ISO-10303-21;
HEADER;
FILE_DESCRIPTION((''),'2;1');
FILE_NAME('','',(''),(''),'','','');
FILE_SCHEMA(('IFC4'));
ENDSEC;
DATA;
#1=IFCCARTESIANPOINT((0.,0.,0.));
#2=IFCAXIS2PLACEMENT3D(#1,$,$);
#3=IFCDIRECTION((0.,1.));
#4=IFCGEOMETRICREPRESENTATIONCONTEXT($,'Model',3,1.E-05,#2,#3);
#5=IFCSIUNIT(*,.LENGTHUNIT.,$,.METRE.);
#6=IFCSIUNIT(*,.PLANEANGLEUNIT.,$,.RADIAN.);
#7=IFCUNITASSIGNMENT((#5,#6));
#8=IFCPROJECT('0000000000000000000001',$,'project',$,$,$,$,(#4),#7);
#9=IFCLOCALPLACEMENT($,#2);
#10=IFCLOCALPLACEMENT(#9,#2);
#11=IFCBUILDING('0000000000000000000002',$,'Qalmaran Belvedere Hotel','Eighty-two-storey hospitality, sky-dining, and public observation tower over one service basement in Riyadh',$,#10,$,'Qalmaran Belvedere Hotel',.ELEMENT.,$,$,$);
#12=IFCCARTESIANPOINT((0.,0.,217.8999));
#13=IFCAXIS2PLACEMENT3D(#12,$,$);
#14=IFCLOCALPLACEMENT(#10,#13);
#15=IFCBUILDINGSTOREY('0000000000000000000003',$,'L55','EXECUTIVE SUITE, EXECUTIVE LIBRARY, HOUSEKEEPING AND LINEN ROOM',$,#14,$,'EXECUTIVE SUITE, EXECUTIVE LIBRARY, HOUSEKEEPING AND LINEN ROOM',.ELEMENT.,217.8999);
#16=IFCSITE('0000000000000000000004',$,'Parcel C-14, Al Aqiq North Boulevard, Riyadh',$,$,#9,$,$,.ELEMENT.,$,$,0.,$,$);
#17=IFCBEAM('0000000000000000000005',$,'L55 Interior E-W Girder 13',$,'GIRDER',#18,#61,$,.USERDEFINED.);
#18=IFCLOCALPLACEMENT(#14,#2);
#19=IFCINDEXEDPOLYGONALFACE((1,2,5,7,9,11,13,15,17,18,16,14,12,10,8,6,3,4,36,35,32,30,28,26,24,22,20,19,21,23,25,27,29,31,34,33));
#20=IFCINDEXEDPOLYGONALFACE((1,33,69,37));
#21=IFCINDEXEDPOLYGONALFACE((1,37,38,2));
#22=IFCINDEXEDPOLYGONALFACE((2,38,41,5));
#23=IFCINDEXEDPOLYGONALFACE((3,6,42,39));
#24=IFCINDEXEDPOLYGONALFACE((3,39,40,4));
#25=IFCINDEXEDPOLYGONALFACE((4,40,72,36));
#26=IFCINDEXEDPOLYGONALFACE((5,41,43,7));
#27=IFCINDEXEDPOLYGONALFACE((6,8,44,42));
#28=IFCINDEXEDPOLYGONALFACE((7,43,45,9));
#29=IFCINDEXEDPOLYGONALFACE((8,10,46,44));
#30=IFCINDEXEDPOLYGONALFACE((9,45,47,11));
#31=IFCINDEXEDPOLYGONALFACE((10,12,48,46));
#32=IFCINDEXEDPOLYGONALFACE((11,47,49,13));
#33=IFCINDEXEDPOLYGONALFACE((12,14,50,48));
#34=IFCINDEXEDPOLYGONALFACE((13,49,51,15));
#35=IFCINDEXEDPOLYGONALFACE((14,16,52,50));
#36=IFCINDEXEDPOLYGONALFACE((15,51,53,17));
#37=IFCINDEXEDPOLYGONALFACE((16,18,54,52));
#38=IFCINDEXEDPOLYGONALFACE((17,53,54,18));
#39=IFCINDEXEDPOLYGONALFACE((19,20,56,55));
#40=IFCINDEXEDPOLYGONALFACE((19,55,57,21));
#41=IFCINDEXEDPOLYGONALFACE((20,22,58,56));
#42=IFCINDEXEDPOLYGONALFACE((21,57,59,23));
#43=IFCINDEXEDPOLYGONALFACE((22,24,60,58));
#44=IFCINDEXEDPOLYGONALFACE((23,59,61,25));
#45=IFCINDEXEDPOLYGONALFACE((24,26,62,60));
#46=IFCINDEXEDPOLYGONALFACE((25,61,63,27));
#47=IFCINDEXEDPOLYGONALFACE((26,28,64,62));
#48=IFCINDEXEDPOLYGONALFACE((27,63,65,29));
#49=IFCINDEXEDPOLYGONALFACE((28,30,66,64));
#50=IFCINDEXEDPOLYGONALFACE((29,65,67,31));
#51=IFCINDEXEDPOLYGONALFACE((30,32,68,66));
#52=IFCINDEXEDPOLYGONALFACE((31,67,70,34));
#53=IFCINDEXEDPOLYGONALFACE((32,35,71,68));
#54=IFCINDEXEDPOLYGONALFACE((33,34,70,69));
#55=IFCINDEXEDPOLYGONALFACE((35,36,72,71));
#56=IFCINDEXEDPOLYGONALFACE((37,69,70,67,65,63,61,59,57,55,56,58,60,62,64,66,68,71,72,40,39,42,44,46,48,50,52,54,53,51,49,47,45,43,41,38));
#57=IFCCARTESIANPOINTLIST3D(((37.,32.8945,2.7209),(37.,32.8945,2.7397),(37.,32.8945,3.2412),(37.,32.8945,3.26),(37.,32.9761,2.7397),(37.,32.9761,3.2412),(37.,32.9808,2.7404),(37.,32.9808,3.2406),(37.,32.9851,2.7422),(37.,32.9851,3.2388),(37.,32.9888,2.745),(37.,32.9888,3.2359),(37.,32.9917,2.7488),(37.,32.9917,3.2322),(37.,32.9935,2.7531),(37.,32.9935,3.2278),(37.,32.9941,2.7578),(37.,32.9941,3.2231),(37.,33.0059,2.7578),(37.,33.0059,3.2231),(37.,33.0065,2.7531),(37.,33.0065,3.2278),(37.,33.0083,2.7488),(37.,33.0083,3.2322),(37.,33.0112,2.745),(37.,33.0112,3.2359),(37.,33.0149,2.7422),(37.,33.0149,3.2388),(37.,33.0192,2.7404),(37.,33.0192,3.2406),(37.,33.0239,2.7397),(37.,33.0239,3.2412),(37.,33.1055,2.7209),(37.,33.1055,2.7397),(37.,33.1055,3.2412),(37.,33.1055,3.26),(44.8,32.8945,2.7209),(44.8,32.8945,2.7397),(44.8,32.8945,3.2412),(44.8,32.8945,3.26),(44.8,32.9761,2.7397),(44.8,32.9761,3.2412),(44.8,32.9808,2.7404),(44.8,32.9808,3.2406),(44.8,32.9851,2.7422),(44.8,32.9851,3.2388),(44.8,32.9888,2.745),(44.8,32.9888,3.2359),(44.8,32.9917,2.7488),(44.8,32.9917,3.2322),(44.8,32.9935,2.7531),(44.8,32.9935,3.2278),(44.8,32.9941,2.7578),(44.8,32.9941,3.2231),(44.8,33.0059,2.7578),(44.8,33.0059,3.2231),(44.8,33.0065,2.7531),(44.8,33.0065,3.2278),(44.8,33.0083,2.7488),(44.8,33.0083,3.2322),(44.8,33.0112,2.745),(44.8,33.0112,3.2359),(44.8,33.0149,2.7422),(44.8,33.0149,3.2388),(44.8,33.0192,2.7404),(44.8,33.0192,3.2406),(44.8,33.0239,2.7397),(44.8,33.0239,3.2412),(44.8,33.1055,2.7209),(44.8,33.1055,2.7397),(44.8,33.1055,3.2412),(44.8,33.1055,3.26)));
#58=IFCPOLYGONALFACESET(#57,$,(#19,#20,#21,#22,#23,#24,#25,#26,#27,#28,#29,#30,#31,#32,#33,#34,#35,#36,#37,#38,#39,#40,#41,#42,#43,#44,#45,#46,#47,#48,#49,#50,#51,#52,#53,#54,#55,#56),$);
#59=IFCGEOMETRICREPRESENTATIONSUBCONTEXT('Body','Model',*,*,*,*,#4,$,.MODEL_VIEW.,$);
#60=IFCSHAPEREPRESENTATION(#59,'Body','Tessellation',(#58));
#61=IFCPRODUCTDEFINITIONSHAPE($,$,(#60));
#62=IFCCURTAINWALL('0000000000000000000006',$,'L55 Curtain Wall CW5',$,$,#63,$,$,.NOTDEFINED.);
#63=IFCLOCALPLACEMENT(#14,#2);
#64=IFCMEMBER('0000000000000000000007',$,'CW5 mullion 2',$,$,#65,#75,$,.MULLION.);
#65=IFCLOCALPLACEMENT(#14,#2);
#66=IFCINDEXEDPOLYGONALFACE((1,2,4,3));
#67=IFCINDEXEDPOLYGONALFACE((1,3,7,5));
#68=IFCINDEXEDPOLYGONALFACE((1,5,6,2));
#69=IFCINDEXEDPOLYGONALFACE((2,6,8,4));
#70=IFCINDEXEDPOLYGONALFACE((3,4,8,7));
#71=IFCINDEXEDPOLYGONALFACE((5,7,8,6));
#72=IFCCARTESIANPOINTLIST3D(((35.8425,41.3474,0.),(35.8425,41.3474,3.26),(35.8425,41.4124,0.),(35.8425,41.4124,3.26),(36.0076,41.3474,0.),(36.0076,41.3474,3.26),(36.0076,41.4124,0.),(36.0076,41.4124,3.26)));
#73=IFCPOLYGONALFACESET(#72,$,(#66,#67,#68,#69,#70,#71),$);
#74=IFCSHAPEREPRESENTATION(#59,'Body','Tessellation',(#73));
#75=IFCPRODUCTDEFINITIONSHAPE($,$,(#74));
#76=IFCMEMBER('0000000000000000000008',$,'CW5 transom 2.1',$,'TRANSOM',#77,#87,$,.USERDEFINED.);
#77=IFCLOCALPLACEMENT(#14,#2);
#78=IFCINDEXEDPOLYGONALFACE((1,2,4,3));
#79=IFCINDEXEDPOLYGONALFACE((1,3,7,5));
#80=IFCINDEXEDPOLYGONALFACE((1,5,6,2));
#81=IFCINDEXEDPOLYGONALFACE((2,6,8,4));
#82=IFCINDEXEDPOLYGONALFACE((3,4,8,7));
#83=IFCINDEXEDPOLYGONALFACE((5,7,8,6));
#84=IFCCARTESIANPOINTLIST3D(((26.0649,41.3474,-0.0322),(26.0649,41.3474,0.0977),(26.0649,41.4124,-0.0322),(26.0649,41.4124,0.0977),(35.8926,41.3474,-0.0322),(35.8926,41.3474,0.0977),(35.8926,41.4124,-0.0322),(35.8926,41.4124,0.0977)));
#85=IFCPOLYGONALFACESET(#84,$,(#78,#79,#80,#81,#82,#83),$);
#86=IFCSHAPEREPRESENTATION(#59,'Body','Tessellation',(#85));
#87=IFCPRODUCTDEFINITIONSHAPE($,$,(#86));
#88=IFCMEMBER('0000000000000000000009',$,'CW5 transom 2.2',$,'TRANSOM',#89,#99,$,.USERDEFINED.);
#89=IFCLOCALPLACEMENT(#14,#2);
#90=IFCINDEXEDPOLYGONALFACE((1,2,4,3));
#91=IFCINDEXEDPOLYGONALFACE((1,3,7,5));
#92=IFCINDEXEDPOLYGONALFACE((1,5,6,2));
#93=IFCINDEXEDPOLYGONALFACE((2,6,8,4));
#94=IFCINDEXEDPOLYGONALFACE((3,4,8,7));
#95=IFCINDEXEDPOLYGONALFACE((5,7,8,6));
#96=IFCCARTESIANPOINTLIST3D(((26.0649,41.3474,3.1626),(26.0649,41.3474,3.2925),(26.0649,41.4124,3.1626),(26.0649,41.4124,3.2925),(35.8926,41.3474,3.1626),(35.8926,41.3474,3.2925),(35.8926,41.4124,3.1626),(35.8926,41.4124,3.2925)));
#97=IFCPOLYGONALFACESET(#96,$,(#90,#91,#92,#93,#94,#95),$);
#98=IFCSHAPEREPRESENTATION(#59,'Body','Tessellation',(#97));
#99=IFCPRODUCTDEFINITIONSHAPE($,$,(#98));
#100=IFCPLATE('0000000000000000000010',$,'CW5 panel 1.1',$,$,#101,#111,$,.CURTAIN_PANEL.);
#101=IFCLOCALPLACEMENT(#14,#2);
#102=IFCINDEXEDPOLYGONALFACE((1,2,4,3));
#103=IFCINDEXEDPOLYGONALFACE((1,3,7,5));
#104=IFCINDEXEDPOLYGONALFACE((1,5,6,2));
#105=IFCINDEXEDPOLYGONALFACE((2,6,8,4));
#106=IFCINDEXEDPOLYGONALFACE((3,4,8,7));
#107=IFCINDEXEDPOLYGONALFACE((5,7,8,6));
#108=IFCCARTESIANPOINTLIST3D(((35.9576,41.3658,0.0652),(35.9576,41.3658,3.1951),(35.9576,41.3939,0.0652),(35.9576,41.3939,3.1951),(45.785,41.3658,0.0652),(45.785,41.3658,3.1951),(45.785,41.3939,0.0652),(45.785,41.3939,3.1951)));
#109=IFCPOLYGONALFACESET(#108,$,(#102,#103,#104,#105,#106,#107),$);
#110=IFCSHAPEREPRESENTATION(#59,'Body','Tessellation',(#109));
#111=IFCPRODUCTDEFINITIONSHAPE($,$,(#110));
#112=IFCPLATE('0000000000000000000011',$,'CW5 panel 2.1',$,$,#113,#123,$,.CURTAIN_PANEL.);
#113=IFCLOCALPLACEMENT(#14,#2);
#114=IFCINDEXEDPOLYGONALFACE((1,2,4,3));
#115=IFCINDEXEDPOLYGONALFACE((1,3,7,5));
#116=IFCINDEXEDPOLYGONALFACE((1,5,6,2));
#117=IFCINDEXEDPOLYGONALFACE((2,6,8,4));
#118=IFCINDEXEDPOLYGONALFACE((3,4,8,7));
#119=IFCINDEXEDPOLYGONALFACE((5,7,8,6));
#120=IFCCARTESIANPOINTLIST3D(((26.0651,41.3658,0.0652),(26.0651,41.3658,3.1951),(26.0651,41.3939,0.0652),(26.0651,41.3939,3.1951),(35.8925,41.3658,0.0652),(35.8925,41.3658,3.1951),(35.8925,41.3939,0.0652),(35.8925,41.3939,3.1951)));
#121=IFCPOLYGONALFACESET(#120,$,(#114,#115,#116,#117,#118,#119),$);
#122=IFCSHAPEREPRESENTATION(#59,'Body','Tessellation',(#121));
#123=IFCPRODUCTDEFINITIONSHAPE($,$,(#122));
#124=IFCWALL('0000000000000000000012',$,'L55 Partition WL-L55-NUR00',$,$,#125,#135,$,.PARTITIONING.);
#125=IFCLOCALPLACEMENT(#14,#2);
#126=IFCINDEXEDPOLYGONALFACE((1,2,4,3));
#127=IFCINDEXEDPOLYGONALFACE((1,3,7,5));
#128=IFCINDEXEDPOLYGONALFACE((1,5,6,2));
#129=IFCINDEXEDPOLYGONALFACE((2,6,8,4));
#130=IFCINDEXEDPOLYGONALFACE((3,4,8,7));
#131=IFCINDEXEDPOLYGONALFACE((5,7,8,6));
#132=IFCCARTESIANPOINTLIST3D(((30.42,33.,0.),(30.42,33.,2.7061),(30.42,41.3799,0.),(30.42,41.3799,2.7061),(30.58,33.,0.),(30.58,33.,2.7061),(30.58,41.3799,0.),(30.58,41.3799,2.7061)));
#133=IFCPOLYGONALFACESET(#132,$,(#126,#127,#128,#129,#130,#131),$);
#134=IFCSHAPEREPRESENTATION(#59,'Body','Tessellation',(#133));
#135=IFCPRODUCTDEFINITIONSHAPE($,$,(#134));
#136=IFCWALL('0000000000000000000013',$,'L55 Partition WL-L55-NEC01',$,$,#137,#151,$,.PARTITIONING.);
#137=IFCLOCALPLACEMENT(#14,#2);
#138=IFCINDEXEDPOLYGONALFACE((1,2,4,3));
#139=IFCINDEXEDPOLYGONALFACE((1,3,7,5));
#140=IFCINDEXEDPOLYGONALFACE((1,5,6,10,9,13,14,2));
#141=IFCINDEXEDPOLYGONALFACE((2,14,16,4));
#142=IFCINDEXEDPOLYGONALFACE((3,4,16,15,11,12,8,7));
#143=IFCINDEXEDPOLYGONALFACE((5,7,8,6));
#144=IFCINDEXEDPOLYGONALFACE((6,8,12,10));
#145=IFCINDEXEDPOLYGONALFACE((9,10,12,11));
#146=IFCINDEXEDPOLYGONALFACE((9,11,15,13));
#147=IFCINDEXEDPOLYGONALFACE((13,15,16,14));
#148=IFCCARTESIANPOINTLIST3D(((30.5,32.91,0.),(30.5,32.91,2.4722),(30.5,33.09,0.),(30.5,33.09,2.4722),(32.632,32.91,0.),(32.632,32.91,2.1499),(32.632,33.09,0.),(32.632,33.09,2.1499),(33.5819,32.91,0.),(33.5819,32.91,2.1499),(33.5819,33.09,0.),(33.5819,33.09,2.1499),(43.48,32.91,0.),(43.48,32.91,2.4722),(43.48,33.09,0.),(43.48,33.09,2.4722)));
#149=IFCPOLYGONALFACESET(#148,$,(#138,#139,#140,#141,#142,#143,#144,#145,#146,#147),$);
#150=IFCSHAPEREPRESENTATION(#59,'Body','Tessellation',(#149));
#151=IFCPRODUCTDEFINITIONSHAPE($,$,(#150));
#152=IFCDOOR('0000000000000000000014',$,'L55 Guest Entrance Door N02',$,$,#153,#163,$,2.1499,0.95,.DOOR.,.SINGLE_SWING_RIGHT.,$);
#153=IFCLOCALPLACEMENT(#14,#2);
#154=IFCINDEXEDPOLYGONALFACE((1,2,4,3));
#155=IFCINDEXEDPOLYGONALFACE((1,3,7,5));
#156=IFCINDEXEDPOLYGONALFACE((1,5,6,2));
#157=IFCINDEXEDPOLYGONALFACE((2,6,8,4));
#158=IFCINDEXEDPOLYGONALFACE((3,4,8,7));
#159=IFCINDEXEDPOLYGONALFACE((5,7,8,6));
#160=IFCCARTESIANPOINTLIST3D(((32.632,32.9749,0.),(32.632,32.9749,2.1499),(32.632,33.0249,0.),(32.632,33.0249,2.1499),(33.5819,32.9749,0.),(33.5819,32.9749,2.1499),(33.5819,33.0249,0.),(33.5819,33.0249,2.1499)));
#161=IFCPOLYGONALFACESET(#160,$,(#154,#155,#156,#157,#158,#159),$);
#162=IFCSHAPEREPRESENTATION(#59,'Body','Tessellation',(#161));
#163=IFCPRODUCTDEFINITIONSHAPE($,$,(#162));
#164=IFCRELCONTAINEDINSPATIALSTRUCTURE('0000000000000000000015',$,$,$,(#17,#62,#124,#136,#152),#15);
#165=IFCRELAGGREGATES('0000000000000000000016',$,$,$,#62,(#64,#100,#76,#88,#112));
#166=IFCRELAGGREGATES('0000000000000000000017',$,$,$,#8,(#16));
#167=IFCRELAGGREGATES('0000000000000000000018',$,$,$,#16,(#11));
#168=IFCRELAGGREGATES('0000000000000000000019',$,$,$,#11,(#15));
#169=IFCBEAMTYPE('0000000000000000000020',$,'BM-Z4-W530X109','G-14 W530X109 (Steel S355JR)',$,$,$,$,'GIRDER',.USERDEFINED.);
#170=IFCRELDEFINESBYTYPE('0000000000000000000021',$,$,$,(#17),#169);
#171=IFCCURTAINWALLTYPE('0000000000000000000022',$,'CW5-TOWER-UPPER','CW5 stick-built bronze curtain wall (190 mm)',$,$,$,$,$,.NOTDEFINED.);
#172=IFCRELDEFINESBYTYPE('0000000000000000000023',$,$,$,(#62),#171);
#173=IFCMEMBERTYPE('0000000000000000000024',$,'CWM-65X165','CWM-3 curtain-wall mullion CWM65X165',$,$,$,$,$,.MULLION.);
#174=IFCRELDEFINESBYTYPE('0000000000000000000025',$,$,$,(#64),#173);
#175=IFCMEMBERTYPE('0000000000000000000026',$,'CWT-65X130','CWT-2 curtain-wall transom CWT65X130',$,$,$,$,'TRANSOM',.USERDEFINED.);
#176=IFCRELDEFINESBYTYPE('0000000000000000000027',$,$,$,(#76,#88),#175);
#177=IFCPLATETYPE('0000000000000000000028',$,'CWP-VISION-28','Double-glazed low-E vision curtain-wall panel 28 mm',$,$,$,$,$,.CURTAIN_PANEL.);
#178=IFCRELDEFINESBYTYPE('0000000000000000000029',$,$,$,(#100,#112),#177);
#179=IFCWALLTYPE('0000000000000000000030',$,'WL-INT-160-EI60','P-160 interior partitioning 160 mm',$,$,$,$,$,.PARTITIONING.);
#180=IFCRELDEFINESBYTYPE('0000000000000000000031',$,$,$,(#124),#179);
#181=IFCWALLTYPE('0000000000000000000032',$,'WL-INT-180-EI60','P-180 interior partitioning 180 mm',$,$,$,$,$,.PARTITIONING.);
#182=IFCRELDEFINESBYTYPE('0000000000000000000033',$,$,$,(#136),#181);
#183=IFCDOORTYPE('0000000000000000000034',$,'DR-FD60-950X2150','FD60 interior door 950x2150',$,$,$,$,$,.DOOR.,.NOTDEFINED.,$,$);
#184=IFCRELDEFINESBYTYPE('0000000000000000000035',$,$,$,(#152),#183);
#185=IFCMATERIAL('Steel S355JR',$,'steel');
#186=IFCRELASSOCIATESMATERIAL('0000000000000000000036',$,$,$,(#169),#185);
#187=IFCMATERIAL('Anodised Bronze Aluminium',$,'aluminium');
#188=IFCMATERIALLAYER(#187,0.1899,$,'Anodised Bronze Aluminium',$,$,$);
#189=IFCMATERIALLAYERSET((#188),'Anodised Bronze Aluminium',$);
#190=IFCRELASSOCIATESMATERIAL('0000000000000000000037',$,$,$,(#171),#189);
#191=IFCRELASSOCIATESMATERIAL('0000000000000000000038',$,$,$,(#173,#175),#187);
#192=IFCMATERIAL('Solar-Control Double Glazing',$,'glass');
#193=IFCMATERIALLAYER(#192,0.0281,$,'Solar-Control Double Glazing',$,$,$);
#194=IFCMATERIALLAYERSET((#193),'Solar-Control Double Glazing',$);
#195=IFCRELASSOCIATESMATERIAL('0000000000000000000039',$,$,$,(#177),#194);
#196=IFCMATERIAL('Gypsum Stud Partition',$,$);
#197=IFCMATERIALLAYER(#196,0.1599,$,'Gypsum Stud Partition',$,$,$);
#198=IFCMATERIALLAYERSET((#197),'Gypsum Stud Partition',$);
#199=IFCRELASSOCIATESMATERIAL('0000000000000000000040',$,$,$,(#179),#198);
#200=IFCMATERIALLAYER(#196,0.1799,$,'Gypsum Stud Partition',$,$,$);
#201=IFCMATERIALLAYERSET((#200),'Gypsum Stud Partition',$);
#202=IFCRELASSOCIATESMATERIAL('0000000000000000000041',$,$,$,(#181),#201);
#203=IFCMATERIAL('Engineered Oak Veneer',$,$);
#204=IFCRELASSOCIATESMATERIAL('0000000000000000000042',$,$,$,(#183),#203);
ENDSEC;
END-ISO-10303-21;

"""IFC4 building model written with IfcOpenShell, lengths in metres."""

from ifc_helpers import new_model, si_unit, direction, frame, frame_2d, origin, origin_2d, place, context, subcontext, project, spatial, rectangle, i_section, extrude, material, layer, layer_set, material_profile, profile_set, type_object, element, fill, aggregate, save


model = new_model("IFC4")

# Units and contexts
model_context = context("Model", 3, precision=1e-05, world=origin(), true_north=direction((0.0, 1.0)))
body_context = subcontext(model_context, "Body", "Model", "MODEL_VIEW")
ifc_project = project(units=[si_unit("LENGTHUNIT", "METRE"), si_unit("PLANEANGLEUNIT", "RADIAN")], contexts=[model_context])

# Site, building, storey
site_placement = place(None, origin())
site = spatial("IfcSite", under=ifc_project, at=site_placement, Name="Parcel C-14, Al Aqiq North Boulevard, Riyadh", CompositionType="ELEMENT", RefElevation=0.0)
building_placement = place(site_placement, origin())
building = spatial("IfcBuilding", under=site, at=building_placement, Name="Qalmaran Belvedere Hotel", Description="Eighty-two-storey hospitality, sky-dining, and public observation tower over one service basement in Riyadh", LongName="Qalmaran Belvedere Hotel", CompositionType="ELEMENT")
storey_placement = place(building_placement, frame((0.0, 0.0, 217.8999)))
storey = spatial("IfcBuildingStorey", under=building, at=storey_placement, Name="L55", Description="EXECUTIVE SUITE, EXECUTIVE LIBRARY, HOUSEKEEPING AND LINEN ROOM", LongName="EXECUTIVE SUITE, EXECUTIVE LIBRARY, HOUSEKEEPING AND LINEN ROOM", CompositionType="ELEMENT", Elevation=217.8999)

# Beam
ifc_material_1 = material(Name="Steel S355JR", Category="steel")
ifc_material_profile_1 = material_profile(ifc_material_1, i_section(OverallWidth=0.2109, OverallDepth=0.5391, WebThickness=0.0117, FlangeThickness=0.0188, FilletRadius=0.0181, at=origin_2d()), Name="W530X109")
ifc_profile_set_1 = profile_set([ifc_material_profile_1], Name="Steel S355JR")
beam_type_1 = type_object("IfcBeamType", Name="BM-Z4-W530X109", Description="G-14 W530X109 (Steel S355JR)", ElementType="GIRDER", PredefinedType="USERDEFINED", material=ifc_profile_set_1)
for number, where, z_axis, x_axis, name in (
    (1, (37.0, 33.0, 2.9905), (1.0, 0.0, 0.0), (0.0, 1.0, 0.0), "L55 Interior E-W Girder 13"),
):
    element("IfcBeam", number, at=place(storey_placement, frame(where, z_axis=z_axis, x_axis=x_axis)), inside=storey, type_object=beam_type_1, Name=name, ObjectType="GIRDER", PredefinedType="USERDEFINED", context=body_context, shape_type="SweptSolid", body=[
        extrude(i_section(OverallWidth=0.2109, OverallDepth=0.5391, WebThickness=0.0117, FlangeThickness=0.0188, FilletRadius=0.0181, at=origin_2d()), origin(), (0.0, 0.0, 1.0), 7.8),
    ])

# Curtain wall, members, plates
ifc_material_2 = material(Name="Anodised Bronze Aluminium", Category="aluminium")
ifc_layer_1 = layer(ifc_material_2, 0.1899, Name="Anodised Bronze Aluminium")
ifc_layer_set_1 = layer_set([ifc_layer_1], Name="Anodised Bronze Aluminium")
curtain_wall_type = type_object("IfcCurtainWallType", Name="CW5-TOWER-UPPER", Description="CW5 stick-built bronze curtain wall (190 mm)", PredefinedType="NOTDEFINED", material=ifc_layer_set_1)
curtain_wall_placement = place(storey_placement, origin())
curtain_wall = element("IfcCurtainWall", 2, at=curtain_wall_placement, inside=storey, type_object=curtain_wall_type, Name="L55 Curtain Wall CW5", PredefinedType="NOTDEFINED")
ifc_material_profile_2 = material_profile(ifc_material_2, rectangle(XDim=0.0649, YDim=0.165, at=origin_2d()), Name="CWM65X165")
ifc_profile_set_2 = profile_set([ifc_material_profile_2], Name="Anodised Bronze Aluminium")
member_type_1 = type_object("IfcMemberType", Name="CWM-65X165", Description="CWM-3 curtain-wall mullion CWM65X165", PredefinedType="MULLION", material=ifc_profile_set_2)
member_1_placement = place(storey_placement, frame((35.925, 41.3799, 0.0), z_axis=(0.0, 0.0, 1.0), x_axis=(0.0, -1.0, 0.0)))
member_1 = element("IfcMember", 3, at=member_1_placement, type_object=member_type_1, Name="CW5 mullion 2", PredefinedType="MULLION", context=body_context, shape_type="SweptSolid", body=[
    extrude(rectangle(XDim=0.0649, YDim=0.165, at=origin_2d()), origin(), (0.0, 0.0, 1.0), 3.26),
])
ifc_material_profile_3 = material_profile(ifc_material_2, rectangle(XDim=0.0649, YDim=0.1299, at=origin_2d()), Name="CWT65X130")
ifc_profile_set_3 = profile_set([ifc_material_profile_3], Name="Anodised Bronze Aluminium")
member_type_2 = type_object("IfcMemberType", Name="CWT-65X130", Description="CWT-2 curtain-wall transom CWT65X130", ElementType="TRANSOM", PredefinedType="USERDEFINED", material=ifc_profile_set_3)
member_2_placement = place(storey_placement, frame((35.8926, 41.3799, 0.0327), z_axis=(-1.0, 0.0, 0.0), x_axis=(0.0, -1.0, 0.0)))
member_2 = element("IfcMember", 4, at=member_2_placement, type_object=member_type_2, Name="CW5 transom 2.1", ObjectType="TRANSOM", PredefinedType="USERDEFINED", context=body_context, shape_type="SweptSolid", body=[
    extrude(rectangle(XDim=0.0649, YDim=0.1299, at=origin_2d()), origin(), (0.0, 0.0, 1.0), 9.8276),
])
member_3_placement = place(storey_placement, frame((35.8926, 41.3799, 3.2275), z_axis=(-1.0, 0.0, 0.0), x_axis=(0.0, -1.0, 0.0)))
member_3 = element("IfcMember", 5, at=member_3_placement, type_object=member_type_2, Name="CW5 transom 2.2", ObjectType="TRANSOM", PredefinedType="USERDEFINED", context=body_context, shape_type="SweptSolid", body=[
    extrude(rectangle(XDim=0.0649, YDim=0.1299, at=origin_2d()), origin(), (0.0, 0.0, 1.0), 9.8276),
])
ifc_material_3 = material(Name="Solar-Control Double Glazing", Category="glass")
ifc_layer_2 = layer(ifc_material_3, 0.0281, Name="Solar-Control Double Glazing")
ifc_layer_set_2 = layer_set([ifc_layer_2], Name="Solar-Control Double Glazing")
plate_type = type_object("IfcPlateType", Name="CWP-VISION-28", Description="Double-glazed low-E vision curtain-wall panel 28 mm", PredefinedType="CURTAIN_PANEL", material=ifc_layer_set_2)
plate_1_placement = place(storey_placement, frame((40.8713, 41.3799, 0.0652), z_axis=(0.0, 0.0, 1.0), x_axis=(-1.0, 0.0, 0.0)))
plate_1 = element("IfcPlate", 6, at=plate_1_placement, type_object=plate_type, Name="CW5 panel 1.1", PredefinedType="CURTAIN_PANEL", context=body_context, shape_type="SweptSolid", body=[
    extrude(rectangle(XDim=9.8274, YDim=0.0281, at=origin_2d()), origin(), (0.0, 0.0, 1.0), 3.1299),
])
plate_2_placement = place(storey_placement, frame((30.9788, 41.3799, 0.0652), z_axis=(0.0, 0.0, 1.0), x_axis=(-1.0, 0.0, 0.0)))
plate_2 = element("IfcPlate", 7, at=plate_2_placement, type_object=plate_type, Name="CW5 panel 2.1", PredefinedType="CURTAIN_PANEL", context=body_context, shape_type="SweptSolid", body=[
    extrude(rectangle(XDim=9.8274, YDim=0.0281, at=origin_2d()), origin(), (0.0, 0.0, 1.0), 3.1299),
])
aggregate(curtain_wall, [member_1, plate_1, member_2, member_3, plate_2])

# Wall
ifc_material_4 = material(Name="Gypsum Stud Partition")
ifc_layer_3 = layer(ifc_material_4, 0.1599, Name="Gypsum Stud Partition")
ifc_layer_set_3 = layer_set([ifc_layer_3], Name="Gypsum Stud Partition")
wall_type_1 = type_object("IfcWallType", Name="WL-INT-160-EI60", Description="P-160 interior partitioning 160 mm", PredefinedType="PARTITIONING", material=ifc_layer_set_3)
wall_1_placement = place(storey_placement, frame((30.5, 33.0, 0.0), z_axis=(0.0, 0.0, 1.0), x_axis=(0.0, 1.0, 0.0)))
element("IfcWall", 8, at=wall_1_placement, inside=storey, type_object=wall_type_1, Name="L55 Partition WL-L55-NUR00", PredefinedType="PARTITIONING", context=body_context, shape_type="SweptSolid", body=[
    extrude(rectangle(XDim=8.3799, YDim=0.1599, at=frame_2d((4.1899, 0.0))), origin(), (0.0, 0.0, 1.0), 2.7061),
])

# Wall, opening, door
ifc_layer_4 = layer(ifc_material_4, 0.1799, Name="Gypsum Stud Partition")
ifc_layer_set_4 = layer_set([ifc_layer_4], Name="Gypsum Stud Partition")
wall_type_2 = type_object("IfcWallType", Name="WL-INT-180-EI60", Description="P-180 interior partitioning 180 mm", PredefinedType="PARTITIONING", material=ifc_layer_set_4)
wall_2_placement = place(storey_placement, frame((30.5, 33.0, 0.0), z_axis=(0.0, 0.0, 1.0), x_axis=(1.0, 0.0, 0.0)))
wall_2 = element("IfcWall", 9, at=wall_2_placement, inside=storey, type_object=wall_type_2, Name="L55 Partition WL-L55-NEC01", PredefinedType="PARTITIONING", context=body_context, shape_type="SweptSolid", body=[
    extrude(rectangle(XDim=12.98, YDim=0.1799, at=frame_2d((6.49, 0.0))), origin(), (0.0, 0.0, 1.0), 2.4722),
])
opening_placement = place(wall_2_placement, frame((2.1318, 0.0, 0.0)))
opening = element("IfcOpeningElement", 10, at=opening_placement, cuts=wall_2, PredefinedType="OPENING", context=body_context, shape_type="SweptSolid", body=[
    extrude(rectangle(XDim=0.95, YDim=2.1499, at=frame_2d((0.4751, 1.075))), frame((0.0, 0.1001, 0.0), z_axis=(0.0, -1.0, 0.0), x_axis=(1.0, 0.0, 0.0)), (0.0, 0.0, 1.0), 0.2),
])
ifc_material_5 = material(Name="Engineered Oak Veneer")
door_type = type_object("IfcDoorType", Name="DR-FD60-950X2150", Description="FD60 interior door 950x2150", OperationType="NOTDEFINED", PredefinedType="DOOR", material=ifc_material_5)
door_placement = place(opening_placement, origin())
door = element("IfcDoor", 11, at=door_placement, inside=storey, type_object=door_type, Name="L55 Guest Entrance Door N02", OperationType="SINGLE_SWING_RIGHT", OverallHeight=2.1499, OverallWidth=0.95, PredefinedType="DOOR", context=body_context, shape_type="SweptSolid", body=[
    extrude(rectangle(XDim=0.95, YDim=2.1499, at=frame_2d((0.4751, 1.075))), frame((0.0, 0.0249, 0.0), z_axis=(0.0, -1.0, 0.0), x_axis=(1.0, 0.0, 0.0)), (0.0, 0.0, 1.0), 0.05),
])
fill(opening, door)

save(model, "model.ifc")
